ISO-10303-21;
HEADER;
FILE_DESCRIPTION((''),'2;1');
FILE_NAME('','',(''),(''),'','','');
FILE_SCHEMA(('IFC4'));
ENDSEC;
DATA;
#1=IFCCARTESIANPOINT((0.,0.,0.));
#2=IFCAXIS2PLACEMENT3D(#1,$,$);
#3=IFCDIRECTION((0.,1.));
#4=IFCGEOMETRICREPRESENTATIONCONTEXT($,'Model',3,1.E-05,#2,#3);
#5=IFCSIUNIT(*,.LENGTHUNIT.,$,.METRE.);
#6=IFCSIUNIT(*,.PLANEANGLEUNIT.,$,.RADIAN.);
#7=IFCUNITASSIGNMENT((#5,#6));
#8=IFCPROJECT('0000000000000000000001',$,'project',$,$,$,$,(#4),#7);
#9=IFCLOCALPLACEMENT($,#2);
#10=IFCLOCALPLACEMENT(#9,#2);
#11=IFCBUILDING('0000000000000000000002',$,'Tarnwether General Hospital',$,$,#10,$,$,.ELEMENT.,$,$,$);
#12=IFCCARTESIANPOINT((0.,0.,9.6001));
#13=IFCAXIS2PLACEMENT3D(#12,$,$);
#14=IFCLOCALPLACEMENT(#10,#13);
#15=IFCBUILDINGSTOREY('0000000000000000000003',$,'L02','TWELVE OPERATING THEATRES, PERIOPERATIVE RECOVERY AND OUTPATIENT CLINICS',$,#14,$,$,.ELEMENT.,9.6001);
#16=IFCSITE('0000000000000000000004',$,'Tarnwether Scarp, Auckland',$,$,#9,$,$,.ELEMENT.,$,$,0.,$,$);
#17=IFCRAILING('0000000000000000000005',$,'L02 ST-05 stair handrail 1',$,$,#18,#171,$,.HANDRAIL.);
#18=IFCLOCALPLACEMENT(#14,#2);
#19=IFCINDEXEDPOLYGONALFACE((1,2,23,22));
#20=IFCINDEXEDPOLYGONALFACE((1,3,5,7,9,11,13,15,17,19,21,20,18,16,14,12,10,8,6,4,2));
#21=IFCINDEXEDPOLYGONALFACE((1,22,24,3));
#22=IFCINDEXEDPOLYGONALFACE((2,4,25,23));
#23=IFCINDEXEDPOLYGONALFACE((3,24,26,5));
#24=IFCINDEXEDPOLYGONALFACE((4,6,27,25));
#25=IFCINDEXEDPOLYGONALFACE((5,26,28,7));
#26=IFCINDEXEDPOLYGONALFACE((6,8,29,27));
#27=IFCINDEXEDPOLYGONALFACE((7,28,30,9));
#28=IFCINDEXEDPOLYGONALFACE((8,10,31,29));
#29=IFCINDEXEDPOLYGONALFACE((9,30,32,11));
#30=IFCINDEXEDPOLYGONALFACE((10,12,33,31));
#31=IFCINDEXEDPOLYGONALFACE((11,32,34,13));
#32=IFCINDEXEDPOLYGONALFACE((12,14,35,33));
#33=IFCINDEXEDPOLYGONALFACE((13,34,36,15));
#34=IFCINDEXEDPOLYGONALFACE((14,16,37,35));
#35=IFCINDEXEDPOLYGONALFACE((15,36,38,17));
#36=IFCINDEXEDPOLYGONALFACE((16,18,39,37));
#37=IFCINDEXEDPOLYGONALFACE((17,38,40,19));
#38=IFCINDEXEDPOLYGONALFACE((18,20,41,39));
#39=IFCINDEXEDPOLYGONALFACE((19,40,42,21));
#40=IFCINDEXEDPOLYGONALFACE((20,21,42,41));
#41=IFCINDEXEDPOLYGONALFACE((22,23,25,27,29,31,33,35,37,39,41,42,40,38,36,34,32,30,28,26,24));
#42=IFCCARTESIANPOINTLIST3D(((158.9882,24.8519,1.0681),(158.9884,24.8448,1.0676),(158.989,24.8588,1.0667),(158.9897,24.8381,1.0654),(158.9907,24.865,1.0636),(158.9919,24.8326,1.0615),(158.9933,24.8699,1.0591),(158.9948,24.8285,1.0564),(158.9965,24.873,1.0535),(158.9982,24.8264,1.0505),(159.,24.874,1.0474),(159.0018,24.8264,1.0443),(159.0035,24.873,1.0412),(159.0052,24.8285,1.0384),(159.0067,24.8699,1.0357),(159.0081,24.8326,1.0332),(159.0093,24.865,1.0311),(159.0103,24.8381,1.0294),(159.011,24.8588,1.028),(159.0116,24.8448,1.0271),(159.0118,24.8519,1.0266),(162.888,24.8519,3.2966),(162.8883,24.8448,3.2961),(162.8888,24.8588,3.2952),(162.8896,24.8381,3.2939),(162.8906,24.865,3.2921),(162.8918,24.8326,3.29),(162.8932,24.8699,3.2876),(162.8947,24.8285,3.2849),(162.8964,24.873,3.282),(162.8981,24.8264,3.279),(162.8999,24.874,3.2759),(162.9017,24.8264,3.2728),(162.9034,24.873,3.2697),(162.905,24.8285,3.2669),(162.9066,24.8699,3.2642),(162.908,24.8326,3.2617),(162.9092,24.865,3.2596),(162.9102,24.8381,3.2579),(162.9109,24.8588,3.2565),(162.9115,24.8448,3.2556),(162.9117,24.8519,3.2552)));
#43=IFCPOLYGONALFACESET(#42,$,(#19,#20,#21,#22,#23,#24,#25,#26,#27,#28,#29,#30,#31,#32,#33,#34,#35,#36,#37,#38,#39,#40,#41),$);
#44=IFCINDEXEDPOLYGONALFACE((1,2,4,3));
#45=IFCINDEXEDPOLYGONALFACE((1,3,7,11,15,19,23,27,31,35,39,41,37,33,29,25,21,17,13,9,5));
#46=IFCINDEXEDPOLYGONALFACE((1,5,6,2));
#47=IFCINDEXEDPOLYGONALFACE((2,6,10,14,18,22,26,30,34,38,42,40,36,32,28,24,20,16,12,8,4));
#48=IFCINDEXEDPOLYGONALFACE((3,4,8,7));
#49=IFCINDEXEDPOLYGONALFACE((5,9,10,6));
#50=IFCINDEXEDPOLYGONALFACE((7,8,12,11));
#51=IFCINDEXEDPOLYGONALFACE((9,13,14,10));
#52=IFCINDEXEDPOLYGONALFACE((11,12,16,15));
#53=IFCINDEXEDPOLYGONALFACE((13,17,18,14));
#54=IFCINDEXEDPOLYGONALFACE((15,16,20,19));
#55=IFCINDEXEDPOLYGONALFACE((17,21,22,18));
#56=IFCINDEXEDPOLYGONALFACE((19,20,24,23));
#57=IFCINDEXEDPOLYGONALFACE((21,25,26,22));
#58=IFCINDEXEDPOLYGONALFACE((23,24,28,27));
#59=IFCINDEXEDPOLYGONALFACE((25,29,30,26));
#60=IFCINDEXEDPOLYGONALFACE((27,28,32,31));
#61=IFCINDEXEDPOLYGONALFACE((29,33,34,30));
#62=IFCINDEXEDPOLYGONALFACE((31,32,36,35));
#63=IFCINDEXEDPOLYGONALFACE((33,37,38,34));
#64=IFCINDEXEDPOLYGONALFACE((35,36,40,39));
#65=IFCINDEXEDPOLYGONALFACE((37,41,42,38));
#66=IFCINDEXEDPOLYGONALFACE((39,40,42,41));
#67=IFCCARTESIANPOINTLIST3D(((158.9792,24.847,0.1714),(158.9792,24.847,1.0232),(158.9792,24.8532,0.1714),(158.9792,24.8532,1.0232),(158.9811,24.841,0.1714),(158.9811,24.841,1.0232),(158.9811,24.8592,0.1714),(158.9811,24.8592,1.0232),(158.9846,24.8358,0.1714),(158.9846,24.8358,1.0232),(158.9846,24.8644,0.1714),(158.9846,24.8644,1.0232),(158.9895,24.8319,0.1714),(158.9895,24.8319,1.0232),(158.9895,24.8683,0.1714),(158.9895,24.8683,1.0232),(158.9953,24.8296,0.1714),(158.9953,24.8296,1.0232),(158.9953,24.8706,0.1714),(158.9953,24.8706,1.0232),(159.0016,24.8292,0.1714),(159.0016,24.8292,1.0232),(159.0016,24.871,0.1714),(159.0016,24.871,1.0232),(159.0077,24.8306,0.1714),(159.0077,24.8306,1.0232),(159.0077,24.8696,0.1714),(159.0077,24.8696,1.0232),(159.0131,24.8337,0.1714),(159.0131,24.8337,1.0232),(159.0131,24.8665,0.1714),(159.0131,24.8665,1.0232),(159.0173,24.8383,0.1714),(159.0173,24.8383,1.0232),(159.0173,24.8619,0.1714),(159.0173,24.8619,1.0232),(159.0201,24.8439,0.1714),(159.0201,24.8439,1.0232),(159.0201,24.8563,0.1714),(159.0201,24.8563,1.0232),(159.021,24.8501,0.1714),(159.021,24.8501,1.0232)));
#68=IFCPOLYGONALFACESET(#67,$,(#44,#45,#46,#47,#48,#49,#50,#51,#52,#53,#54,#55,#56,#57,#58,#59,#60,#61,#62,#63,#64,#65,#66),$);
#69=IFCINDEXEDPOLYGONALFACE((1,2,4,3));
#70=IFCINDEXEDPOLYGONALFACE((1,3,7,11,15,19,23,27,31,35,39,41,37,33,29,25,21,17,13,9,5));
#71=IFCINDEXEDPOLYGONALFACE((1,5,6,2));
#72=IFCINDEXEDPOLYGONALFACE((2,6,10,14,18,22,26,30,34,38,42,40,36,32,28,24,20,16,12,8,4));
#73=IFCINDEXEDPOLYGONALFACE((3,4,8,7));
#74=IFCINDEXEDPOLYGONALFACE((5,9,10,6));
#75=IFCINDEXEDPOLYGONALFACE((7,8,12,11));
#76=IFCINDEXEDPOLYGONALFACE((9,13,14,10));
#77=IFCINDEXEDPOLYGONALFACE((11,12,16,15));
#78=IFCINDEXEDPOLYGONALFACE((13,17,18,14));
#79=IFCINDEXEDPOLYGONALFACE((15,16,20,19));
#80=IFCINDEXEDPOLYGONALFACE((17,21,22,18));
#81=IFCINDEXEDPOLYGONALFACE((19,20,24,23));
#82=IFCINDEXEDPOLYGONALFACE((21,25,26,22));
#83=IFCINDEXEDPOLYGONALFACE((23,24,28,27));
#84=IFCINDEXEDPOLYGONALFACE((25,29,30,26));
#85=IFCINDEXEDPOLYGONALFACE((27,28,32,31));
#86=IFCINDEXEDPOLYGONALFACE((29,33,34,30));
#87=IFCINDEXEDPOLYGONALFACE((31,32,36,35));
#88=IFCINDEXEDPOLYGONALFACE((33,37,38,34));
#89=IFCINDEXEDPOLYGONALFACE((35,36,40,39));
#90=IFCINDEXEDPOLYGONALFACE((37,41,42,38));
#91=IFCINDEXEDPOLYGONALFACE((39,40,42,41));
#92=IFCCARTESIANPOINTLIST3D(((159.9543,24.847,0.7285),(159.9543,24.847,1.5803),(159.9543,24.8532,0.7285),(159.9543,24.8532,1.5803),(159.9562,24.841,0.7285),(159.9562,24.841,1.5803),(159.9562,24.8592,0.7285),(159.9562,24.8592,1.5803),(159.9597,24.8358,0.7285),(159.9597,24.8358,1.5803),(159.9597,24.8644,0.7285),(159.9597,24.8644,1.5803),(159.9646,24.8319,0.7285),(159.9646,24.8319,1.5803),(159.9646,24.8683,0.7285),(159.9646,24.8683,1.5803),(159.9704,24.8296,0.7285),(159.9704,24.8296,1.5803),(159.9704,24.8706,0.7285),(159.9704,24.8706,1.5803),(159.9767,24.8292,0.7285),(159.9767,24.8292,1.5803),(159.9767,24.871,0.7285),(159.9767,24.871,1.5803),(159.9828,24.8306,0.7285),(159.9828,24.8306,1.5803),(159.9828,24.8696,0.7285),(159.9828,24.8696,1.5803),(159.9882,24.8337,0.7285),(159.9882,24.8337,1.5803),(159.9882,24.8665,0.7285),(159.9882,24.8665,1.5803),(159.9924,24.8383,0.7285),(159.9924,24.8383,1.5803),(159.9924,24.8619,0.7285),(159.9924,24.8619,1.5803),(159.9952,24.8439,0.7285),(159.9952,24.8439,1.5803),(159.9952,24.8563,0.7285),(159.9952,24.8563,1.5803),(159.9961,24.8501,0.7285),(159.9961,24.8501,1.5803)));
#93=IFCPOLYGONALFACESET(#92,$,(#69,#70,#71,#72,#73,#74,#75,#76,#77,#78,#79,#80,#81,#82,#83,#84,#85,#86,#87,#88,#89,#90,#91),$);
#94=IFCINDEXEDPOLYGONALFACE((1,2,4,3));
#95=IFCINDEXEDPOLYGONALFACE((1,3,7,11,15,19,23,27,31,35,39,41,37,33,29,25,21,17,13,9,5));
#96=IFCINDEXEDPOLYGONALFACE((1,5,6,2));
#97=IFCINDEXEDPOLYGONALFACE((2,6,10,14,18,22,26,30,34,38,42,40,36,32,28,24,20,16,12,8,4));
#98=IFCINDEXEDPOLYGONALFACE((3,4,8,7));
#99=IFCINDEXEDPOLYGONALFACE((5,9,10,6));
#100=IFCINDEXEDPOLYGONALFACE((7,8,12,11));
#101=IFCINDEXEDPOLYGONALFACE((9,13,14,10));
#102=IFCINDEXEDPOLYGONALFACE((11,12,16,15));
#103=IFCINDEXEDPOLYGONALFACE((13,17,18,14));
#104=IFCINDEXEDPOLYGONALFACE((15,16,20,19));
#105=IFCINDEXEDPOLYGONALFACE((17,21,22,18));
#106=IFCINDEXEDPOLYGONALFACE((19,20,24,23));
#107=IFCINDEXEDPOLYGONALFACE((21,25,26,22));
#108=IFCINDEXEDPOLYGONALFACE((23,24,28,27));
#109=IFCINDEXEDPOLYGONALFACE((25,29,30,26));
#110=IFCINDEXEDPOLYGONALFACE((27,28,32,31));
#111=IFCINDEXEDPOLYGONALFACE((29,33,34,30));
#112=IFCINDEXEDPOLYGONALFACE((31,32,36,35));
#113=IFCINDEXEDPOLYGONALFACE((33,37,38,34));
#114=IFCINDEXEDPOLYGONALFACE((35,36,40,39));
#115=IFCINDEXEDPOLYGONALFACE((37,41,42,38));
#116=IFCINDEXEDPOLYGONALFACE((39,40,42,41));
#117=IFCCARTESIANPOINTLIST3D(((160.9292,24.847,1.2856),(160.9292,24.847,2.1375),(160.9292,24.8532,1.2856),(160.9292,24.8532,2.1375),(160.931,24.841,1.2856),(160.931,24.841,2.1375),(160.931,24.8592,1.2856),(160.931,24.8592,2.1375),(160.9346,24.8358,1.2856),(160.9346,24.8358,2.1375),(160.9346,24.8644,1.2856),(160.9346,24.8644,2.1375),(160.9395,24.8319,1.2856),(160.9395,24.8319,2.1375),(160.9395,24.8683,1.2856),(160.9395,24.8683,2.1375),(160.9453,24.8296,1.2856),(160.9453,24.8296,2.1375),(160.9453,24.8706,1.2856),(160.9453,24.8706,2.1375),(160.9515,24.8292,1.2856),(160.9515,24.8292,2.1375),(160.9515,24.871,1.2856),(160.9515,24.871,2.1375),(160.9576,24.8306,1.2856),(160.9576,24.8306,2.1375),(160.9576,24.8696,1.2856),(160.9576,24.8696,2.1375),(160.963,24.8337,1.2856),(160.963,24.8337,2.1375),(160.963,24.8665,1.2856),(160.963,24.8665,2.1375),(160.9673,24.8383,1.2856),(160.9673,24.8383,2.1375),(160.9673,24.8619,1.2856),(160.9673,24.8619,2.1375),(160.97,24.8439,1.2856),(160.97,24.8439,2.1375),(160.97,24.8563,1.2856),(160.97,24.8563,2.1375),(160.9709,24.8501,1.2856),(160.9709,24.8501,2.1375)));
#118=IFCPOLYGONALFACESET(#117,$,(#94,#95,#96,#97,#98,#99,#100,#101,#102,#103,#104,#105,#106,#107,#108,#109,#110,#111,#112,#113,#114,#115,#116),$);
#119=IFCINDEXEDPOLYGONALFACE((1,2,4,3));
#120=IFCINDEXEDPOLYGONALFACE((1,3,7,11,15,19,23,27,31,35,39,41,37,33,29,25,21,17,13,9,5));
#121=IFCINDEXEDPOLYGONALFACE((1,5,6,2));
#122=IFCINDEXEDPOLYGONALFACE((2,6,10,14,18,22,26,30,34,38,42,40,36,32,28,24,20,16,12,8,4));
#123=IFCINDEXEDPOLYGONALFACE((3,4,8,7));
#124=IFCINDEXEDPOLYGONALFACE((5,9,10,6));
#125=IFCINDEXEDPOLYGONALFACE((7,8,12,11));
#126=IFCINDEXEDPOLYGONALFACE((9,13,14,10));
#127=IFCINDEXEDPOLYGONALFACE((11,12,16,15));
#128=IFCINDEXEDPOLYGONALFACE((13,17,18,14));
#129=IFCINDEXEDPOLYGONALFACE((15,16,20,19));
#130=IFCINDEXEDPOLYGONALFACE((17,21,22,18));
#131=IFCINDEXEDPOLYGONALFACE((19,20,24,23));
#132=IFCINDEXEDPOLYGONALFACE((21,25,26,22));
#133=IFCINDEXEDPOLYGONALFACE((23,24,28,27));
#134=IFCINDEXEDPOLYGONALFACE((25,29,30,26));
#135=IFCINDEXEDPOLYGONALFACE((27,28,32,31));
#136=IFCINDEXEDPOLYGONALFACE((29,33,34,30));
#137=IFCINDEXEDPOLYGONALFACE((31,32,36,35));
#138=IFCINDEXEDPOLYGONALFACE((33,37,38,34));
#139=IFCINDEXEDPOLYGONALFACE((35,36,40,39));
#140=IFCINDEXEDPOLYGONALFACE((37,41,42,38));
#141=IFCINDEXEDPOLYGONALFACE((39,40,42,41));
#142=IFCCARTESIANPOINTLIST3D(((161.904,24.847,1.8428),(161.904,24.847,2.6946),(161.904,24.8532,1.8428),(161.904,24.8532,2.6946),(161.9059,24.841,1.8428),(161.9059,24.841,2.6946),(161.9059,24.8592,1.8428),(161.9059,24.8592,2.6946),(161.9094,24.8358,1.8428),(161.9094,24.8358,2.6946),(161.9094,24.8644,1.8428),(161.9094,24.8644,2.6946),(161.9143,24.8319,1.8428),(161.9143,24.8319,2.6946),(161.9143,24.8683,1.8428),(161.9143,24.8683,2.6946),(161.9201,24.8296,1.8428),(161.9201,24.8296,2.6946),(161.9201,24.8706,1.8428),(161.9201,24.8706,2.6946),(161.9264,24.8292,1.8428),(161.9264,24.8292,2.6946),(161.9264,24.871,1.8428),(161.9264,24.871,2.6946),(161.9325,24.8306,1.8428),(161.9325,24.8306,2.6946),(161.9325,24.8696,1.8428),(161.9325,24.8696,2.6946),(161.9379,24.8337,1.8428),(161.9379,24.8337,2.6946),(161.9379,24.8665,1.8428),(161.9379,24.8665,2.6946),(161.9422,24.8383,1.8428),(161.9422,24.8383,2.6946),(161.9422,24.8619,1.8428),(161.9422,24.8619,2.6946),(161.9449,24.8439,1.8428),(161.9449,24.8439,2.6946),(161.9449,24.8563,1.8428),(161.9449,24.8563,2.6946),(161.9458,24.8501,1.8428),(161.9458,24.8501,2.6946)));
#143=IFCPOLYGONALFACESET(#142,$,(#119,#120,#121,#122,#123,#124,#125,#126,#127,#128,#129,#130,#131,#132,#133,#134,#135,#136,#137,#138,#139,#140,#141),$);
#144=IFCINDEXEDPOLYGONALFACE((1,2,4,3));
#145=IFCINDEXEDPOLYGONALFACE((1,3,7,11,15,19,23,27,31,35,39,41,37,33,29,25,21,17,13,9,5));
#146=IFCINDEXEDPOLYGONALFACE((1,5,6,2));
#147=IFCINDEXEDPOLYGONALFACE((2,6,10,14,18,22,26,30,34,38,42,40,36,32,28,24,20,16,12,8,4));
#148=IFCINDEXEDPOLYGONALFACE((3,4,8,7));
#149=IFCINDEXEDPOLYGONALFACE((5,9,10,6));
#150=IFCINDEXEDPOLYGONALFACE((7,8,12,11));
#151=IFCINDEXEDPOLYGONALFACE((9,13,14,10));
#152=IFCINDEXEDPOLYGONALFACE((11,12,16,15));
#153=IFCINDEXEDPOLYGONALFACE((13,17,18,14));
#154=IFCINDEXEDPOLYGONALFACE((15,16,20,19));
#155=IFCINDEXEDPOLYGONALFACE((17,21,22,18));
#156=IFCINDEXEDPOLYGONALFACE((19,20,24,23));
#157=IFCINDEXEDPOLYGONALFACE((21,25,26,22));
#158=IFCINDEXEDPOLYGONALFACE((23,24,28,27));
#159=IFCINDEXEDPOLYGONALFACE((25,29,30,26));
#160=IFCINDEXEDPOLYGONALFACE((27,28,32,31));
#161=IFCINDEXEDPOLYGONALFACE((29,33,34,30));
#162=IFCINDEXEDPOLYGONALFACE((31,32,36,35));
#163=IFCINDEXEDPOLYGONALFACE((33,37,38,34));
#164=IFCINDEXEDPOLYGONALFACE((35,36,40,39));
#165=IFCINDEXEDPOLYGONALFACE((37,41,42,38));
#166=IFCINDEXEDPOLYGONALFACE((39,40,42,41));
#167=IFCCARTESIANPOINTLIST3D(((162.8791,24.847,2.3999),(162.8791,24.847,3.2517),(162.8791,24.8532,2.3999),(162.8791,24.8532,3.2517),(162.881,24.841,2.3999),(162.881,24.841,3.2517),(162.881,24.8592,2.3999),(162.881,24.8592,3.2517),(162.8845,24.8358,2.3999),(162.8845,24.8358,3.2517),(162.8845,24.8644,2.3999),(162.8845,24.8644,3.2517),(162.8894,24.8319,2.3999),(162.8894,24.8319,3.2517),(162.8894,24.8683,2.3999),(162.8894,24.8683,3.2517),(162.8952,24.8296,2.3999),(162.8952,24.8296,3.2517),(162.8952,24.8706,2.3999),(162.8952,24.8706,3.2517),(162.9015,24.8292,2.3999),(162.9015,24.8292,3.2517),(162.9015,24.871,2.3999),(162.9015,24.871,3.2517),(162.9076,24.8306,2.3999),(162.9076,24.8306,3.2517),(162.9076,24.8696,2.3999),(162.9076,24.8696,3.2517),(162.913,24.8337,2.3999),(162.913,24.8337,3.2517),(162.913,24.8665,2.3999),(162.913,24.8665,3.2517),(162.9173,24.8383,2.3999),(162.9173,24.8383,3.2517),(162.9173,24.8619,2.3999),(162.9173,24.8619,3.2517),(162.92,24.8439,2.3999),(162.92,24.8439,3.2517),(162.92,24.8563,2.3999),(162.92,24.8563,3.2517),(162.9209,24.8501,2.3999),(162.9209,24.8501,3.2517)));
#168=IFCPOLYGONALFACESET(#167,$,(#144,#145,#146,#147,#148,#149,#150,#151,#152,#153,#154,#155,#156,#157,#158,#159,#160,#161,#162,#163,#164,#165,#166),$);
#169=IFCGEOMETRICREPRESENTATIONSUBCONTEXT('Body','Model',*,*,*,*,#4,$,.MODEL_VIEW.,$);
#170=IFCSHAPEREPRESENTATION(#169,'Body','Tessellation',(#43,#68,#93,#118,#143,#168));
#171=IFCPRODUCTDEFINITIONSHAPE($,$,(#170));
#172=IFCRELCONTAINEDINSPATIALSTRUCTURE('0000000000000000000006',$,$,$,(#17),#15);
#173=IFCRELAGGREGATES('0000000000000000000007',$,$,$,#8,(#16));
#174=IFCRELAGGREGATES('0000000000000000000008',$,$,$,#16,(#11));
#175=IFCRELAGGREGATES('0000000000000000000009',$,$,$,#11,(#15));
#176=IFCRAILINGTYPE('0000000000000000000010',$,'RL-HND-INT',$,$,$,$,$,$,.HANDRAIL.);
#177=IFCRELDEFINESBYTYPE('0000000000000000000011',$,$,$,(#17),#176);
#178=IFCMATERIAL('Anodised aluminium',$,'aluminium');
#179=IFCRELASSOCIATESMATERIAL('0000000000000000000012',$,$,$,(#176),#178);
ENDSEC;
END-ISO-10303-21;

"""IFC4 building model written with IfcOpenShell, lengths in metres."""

from ifc_helpers import new_model, si_unit, direction, frame, origin, origin_2d, place, context, subcontext, project, spatial, circle, extrude, material, type_object, element, save


model = new_model("IFC4")

# Units and contexts
model_context = context("Model", 3, precision=1e-05, world=origin(), true_north=direction((0.0, 1.0)))
body_context = subcontext(model_context, "Body", "Model", "MODEL_VIEW")
ifc_project = project(units=[si_unit("LENGTHUNIT", "METRE"), si_unit("PLANEANGLEUNIT", "RADIAN")], contexts=[model_context])

# Site, building, storey
site_placement = place(None, origin())
site = spatial("IfcSite", under=ifc_project, at=site_placement, Name="Tarnwether Scarp, Auckland", CompositionType="ELEMENT", RefElevation=0.0)
building_placement = place(site_placement, origin())
building = spatial("IfcBuilding", under=site, at=building_placement, Name="Tarnwether General Hospital", CompositionType="ELEMENT")
storey_placement = place(building_placement, frame((0.0, 0.0, 9.6001)))
storey = spatial("IfcBuildingStorey", under=building, at=storey_placement, Name="L02", Description="TWELVE OPERATING THEATRES, PERIOPERATIVE RECOVERY AND OUTPATIENT CLINICS", CompositionType="ELEMENT", Elevation=9.6001)

# Railing
ifc_material_1 = material(Name="Anodised aluminium", Category="aluminium")
railing_type_1 = type_object("IfcRailingType", Name="RL-HND-INT", PredefinedType="HANDRAIL", material=ifc_material_1)
railing_1_placement = place(storey_placement, frame((159.0, 24.8501, 0.1714)))
element("IfcRailing", 1, at=railing_1_placement, inside=storey, type_object=railing_type_1, Name="L02 ST-05 stair handrail 1", PredefinedType="HANDRAIL", context=body_context, shape_type="SweptSolid", body=[
    extrude(circle(Radius=0.0239, at=origin_2d()), frame((0.0, 0.0, 0.876), z_axis=(0.868243, 0.0, 0.496139), x_axis=(0.0, 1.0, 0.0)), (0.0, 0.0, 1.0), 4.4917),
    extrude(circle(Radius=0.021, at=origin_2d()), origin(), (0.0, 0.0, 1.0), 0.8518),
    extrude(circle(Radius=0.021, at=origin_2d()), frame((0.9751, 0.0, 0.5571)), (0.0, 0.0, 1.0), 0.8518),
    extrude(circle(Radius=0.021, at=origin_2d()), frame((1.95, 0.0, 1.1143)), (0.0, 0.0, 1.0), 0.8518),
    extrude(circle(Radius=0.021, at=origin_2d()), frame((2.9248, 0.0, 1.6714)), (0.0, 0.0, 1.0), 0.8518),
    extrude(circle(Radius=0.021, at=origin_2d()), frame((3.8999, 0.0, 2.2285)), (0.0, 0.0, 1.0), 0.8518),
])

save(model, "model.ifc")
